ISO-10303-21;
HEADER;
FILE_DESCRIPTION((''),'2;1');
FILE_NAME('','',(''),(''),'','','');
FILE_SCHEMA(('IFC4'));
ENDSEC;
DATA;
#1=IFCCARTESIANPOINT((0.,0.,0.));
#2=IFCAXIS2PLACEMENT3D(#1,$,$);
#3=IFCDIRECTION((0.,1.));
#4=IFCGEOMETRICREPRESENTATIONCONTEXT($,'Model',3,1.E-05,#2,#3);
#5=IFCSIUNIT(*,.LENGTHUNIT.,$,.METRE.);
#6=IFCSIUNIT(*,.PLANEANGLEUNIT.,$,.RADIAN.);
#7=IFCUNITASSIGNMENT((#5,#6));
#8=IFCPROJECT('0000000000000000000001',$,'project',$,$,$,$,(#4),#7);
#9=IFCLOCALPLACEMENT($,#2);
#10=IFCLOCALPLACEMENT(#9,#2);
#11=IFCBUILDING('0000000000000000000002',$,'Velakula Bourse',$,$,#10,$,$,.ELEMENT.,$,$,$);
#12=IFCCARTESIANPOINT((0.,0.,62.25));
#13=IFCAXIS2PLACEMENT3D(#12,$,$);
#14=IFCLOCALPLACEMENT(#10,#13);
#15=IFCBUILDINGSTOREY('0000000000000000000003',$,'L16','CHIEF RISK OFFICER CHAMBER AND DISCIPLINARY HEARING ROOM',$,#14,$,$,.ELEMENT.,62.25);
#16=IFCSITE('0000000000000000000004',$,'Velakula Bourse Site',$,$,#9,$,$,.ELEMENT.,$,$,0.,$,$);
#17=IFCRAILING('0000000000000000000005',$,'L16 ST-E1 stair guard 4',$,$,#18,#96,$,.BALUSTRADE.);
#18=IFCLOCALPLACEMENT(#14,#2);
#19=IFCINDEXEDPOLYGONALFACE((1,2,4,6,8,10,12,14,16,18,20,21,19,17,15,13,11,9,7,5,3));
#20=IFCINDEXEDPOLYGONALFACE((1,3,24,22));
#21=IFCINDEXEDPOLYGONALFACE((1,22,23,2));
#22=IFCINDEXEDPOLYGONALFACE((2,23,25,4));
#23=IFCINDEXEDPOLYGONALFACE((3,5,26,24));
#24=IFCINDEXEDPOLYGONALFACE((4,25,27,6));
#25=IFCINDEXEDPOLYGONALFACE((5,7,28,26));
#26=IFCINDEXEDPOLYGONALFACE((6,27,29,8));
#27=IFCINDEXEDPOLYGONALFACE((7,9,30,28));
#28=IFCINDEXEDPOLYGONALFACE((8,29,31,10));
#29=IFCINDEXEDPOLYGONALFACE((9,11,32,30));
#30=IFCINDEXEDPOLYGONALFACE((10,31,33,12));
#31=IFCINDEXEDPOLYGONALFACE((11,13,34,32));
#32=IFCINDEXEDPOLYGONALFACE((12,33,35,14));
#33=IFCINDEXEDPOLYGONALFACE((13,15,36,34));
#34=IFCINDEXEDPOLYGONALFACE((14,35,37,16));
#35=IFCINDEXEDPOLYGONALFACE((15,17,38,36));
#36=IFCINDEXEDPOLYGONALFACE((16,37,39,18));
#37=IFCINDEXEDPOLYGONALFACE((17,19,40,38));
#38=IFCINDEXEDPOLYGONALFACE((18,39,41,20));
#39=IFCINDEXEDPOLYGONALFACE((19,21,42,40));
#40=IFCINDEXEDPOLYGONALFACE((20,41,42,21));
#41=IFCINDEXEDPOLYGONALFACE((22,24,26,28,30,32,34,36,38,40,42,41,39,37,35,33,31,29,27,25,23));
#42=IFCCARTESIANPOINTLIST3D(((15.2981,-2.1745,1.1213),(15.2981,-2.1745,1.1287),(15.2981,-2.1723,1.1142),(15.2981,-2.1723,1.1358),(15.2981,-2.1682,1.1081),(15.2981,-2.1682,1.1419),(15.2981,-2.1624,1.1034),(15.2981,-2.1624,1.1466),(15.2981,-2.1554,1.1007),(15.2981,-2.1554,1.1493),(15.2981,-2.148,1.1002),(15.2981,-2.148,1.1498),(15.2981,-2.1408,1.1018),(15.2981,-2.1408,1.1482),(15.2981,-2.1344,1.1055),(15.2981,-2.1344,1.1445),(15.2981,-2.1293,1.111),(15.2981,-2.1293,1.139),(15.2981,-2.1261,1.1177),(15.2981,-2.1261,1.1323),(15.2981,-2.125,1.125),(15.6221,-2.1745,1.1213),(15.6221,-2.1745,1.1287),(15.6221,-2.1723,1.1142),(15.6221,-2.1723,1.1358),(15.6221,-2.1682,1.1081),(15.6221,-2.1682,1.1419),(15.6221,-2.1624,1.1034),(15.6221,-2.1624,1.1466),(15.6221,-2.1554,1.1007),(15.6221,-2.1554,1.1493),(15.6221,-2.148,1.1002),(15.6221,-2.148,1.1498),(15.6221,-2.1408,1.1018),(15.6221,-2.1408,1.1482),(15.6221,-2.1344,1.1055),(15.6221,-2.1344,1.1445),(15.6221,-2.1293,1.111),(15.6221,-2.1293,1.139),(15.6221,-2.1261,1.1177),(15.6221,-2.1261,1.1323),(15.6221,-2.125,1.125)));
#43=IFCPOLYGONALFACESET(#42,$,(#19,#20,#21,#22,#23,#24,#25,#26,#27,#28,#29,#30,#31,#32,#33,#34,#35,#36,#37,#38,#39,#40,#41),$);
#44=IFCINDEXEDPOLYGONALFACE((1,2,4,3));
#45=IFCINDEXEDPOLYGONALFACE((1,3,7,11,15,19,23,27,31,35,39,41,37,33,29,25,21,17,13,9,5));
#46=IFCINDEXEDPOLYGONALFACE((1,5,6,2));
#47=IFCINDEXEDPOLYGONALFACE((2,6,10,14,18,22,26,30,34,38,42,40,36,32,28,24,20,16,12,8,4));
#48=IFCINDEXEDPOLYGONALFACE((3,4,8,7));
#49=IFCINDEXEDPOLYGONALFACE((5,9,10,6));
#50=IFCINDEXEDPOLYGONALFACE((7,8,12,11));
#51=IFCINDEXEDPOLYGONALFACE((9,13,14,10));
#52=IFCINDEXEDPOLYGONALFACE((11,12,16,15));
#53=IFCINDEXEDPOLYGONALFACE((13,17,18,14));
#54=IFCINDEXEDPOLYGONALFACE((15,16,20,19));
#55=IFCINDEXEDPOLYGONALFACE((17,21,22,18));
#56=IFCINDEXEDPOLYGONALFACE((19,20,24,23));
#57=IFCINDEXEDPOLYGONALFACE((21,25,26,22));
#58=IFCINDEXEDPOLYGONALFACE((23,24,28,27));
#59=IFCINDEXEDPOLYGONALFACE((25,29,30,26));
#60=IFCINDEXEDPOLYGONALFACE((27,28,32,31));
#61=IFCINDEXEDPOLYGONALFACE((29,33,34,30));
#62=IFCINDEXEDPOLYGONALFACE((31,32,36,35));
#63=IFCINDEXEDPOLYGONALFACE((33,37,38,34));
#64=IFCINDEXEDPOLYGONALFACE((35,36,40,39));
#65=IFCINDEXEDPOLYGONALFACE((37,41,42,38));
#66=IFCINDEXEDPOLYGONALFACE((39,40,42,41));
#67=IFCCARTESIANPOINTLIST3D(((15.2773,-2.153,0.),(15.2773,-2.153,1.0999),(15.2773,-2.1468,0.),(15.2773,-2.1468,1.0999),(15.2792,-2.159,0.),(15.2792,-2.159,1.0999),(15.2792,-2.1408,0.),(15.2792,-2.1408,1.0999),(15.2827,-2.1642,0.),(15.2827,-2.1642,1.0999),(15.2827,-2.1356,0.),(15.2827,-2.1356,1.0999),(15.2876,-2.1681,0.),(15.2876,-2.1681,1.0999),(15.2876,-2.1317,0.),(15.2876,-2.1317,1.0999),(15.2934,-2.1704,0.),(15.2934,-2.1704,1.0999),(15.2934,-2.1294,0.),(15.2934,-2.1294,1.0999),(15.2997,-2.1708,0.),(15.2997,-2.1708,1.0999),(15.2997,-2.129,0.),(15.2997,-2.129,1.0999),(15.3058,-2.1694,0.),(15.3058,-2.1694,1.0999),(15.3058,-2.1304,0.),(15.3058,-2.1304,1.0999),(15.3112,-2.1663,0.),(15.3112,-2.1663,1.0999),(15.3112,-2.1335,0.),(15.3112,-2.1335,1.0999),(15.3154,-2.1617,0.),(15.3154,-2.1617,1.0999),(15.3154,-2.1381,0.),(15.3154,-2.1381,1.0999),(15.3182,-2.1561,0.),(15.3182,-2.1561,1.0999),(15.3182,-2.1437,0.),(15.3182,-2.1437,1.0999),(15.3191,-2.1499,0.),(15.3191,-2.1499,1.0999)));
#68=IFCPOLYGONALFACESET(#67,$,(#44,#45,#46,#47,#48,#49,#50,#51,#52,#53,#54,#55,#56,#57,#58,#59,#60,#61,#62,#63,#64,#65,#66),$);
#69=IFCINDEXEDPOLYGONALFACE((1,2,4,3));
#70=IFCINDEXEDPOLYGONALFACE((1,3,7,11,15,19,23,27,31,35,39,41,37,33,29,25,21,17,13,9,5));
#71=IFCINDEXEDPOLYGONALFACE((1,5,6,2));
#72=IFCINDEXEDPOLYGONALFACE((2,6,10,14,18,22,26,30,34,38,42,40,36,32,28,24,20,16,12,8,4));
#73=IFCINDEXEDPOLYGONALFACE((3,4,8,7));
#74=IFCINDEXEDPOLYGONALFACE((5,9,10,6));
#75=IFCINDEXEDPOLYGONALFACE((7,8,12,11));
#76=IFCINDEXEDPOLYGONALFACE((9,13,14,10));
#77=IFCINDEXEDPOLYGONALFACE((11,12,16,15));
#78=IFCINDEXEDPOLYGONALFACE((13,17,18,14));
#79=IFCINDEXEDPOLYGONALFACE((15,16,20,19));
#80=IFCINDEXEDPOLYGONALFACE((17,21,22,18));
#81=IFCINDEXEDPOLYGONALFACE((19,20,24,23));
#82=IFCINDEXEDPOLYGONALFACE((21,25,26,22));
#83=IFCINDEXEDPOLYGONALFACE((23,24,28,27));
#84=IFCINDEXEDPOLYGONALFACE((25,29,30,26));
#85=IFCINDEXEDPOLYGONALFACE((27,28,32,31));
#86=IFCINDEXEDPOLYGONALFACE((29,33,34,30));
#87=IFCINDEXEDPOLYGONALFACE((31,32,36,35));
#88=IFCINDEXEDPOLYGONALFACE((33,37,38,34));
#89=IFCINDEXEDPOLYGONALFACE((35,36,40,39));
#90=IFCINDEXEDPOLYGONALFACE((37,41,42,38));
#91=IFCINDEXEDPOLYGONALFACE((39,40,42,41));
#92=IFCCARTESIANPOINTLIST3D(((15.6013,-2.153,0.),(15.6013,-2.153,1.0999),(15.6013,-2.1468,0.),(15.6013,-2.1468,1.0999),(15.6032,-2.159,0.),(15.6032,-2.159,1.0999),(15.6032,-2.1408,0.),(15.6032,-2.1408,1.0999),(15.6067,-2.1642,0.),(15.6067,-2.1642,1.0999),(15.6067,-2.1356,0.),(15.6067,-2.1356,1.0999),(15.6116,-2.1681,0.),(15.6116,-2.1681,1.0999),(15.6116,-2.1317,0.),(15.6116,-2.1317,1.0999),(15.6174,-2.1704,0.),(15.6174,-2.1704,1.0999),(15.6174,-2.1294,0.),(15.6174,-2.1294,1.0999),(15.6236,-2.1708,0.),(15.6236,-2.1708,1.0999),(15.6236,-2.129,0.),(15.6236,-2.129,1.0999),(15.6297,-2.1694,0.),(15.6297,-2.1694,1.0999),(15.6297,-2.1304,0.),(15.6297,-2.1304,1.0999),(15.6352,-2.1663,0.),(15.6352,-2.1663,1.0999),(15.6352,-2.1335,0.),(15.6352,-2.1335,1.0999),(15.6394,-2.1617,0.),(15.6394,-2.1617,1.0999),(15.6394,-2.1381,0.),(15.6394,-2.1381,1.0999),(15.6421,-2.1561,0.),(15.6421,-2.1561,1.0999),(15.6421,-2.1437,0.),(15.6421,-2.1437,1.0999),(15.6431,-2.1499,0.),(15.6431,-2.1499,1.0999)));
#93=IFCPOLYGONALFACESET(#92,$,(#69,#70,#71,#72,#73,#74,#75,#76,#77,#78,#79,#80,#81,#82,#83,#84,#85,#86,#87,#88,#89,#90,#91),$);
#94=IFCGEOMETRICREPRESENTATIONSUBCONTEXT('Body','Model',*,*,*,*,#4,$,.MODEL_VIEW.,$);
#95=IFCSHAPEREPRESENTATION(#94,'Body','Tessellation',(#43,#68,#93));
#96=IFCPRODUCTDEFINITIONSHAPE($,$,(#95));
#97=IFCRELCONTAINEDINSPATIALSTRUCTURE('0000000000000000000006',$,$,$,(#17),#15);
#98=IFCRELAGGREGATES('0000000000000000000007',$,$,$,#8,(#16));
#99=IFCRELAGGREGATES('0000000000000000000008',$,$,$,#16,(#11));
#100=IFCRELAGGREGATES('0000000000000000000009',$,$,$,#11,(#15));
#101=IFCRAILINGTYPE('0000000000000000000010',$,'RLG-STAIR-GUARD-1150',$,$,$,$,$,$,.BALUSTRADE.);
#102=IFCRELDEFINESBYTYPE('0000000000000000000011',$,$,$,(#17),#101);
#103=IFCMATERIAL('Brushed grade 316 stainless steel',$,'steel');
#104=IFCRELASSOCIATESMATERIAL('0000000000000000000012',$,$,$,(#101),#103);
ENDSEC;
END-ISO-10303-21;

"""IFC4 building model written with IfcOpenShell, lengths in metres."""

from ifc_helpers import new_model, si_unit, direction, frame, origin, origin_2d, place, context, subcontext, project, spatial, circle, extrude, material, type_object, element, save


model = new_model("IFC4")

# Units and contexts
model_context = context("Model", 3, precision=1e-05, world=origin(), true_north=direction((0.0, 1.0)))
body_context = subcontext(model_context, "Body", "Model", "MODEL_VIEW")
ifc_project = project(units=[si_unit("LENGTHUNIT", "METRE"), si_unit("PLANEANGLEUNIT", "RADIAN")], contexts=[model_context])

# Site, building, storey
site_placement = place(None, origin())
site = spatial("IfcSite", under=ifc_project, at=site_placement, Name="Velakula Bourse Site", CompositionType="ELEMENT", RefElevation=0.0)
building_placement = place(site_placement, origin())
building = spatial("IfcBuilding", under=site, at=building_placement, Name="Velakula Bourse", CompositionType="ELEMENT")
storey_placement = place(building_placement, frame((0.0, 0.0, 62.25)))
storey = spatial("IfcBuildingStorey", under=building, at=storey_placement, Name="L16", Description="CHIEF RISK OFFICER CHAMBER AND DISCIPLINARY HEARING ROOM", CompositionType="ELEMENT", Elevation=62.25)

# Shared definitions
ifc_material_1 = material(Name="Brushed grade 316 stainless steel", Category="steel")

# Railing
railing_type_1 = type_object("IfcRailingType", Name="RLG-STAIR-GUARD-1150", PredefinedType="BALUSTRADE", material=ifc_material_1)
railing_1_placement = place(storey_placement, frame((15.2981, -2.1499, 0.0)))
element("IfcRailing", 1, at=railing_1_placement, inside=storey, type_object=railing_type_1, Name="L16 ST-E1 stair guard 4", PredefinedType="BALUSTRADE", context=body_context, shape_type="SweptSolid", body=[
    extrude(circle(Radius=0.0249, at=origin_2d()), frame((0.0, 0.0, 1.125), z_axis=(1.0, 0.0, 0.0), x_axis=(0.0, 1.0, 0.0)), (0.0, 0.0, 1.0), 0.324),
    extrude(circle(Radius=0.021, at=origin_2d()), origin(), (0.0, 0.0, 1.0), 1.0999),
    extrude(circle(Radius=0.021, at=origin_2d()), frame((0.324, 0.0, 0.0)), (0.0, 0.0, 1.0), 1.0999),
])

save(model, "model.ifc")
